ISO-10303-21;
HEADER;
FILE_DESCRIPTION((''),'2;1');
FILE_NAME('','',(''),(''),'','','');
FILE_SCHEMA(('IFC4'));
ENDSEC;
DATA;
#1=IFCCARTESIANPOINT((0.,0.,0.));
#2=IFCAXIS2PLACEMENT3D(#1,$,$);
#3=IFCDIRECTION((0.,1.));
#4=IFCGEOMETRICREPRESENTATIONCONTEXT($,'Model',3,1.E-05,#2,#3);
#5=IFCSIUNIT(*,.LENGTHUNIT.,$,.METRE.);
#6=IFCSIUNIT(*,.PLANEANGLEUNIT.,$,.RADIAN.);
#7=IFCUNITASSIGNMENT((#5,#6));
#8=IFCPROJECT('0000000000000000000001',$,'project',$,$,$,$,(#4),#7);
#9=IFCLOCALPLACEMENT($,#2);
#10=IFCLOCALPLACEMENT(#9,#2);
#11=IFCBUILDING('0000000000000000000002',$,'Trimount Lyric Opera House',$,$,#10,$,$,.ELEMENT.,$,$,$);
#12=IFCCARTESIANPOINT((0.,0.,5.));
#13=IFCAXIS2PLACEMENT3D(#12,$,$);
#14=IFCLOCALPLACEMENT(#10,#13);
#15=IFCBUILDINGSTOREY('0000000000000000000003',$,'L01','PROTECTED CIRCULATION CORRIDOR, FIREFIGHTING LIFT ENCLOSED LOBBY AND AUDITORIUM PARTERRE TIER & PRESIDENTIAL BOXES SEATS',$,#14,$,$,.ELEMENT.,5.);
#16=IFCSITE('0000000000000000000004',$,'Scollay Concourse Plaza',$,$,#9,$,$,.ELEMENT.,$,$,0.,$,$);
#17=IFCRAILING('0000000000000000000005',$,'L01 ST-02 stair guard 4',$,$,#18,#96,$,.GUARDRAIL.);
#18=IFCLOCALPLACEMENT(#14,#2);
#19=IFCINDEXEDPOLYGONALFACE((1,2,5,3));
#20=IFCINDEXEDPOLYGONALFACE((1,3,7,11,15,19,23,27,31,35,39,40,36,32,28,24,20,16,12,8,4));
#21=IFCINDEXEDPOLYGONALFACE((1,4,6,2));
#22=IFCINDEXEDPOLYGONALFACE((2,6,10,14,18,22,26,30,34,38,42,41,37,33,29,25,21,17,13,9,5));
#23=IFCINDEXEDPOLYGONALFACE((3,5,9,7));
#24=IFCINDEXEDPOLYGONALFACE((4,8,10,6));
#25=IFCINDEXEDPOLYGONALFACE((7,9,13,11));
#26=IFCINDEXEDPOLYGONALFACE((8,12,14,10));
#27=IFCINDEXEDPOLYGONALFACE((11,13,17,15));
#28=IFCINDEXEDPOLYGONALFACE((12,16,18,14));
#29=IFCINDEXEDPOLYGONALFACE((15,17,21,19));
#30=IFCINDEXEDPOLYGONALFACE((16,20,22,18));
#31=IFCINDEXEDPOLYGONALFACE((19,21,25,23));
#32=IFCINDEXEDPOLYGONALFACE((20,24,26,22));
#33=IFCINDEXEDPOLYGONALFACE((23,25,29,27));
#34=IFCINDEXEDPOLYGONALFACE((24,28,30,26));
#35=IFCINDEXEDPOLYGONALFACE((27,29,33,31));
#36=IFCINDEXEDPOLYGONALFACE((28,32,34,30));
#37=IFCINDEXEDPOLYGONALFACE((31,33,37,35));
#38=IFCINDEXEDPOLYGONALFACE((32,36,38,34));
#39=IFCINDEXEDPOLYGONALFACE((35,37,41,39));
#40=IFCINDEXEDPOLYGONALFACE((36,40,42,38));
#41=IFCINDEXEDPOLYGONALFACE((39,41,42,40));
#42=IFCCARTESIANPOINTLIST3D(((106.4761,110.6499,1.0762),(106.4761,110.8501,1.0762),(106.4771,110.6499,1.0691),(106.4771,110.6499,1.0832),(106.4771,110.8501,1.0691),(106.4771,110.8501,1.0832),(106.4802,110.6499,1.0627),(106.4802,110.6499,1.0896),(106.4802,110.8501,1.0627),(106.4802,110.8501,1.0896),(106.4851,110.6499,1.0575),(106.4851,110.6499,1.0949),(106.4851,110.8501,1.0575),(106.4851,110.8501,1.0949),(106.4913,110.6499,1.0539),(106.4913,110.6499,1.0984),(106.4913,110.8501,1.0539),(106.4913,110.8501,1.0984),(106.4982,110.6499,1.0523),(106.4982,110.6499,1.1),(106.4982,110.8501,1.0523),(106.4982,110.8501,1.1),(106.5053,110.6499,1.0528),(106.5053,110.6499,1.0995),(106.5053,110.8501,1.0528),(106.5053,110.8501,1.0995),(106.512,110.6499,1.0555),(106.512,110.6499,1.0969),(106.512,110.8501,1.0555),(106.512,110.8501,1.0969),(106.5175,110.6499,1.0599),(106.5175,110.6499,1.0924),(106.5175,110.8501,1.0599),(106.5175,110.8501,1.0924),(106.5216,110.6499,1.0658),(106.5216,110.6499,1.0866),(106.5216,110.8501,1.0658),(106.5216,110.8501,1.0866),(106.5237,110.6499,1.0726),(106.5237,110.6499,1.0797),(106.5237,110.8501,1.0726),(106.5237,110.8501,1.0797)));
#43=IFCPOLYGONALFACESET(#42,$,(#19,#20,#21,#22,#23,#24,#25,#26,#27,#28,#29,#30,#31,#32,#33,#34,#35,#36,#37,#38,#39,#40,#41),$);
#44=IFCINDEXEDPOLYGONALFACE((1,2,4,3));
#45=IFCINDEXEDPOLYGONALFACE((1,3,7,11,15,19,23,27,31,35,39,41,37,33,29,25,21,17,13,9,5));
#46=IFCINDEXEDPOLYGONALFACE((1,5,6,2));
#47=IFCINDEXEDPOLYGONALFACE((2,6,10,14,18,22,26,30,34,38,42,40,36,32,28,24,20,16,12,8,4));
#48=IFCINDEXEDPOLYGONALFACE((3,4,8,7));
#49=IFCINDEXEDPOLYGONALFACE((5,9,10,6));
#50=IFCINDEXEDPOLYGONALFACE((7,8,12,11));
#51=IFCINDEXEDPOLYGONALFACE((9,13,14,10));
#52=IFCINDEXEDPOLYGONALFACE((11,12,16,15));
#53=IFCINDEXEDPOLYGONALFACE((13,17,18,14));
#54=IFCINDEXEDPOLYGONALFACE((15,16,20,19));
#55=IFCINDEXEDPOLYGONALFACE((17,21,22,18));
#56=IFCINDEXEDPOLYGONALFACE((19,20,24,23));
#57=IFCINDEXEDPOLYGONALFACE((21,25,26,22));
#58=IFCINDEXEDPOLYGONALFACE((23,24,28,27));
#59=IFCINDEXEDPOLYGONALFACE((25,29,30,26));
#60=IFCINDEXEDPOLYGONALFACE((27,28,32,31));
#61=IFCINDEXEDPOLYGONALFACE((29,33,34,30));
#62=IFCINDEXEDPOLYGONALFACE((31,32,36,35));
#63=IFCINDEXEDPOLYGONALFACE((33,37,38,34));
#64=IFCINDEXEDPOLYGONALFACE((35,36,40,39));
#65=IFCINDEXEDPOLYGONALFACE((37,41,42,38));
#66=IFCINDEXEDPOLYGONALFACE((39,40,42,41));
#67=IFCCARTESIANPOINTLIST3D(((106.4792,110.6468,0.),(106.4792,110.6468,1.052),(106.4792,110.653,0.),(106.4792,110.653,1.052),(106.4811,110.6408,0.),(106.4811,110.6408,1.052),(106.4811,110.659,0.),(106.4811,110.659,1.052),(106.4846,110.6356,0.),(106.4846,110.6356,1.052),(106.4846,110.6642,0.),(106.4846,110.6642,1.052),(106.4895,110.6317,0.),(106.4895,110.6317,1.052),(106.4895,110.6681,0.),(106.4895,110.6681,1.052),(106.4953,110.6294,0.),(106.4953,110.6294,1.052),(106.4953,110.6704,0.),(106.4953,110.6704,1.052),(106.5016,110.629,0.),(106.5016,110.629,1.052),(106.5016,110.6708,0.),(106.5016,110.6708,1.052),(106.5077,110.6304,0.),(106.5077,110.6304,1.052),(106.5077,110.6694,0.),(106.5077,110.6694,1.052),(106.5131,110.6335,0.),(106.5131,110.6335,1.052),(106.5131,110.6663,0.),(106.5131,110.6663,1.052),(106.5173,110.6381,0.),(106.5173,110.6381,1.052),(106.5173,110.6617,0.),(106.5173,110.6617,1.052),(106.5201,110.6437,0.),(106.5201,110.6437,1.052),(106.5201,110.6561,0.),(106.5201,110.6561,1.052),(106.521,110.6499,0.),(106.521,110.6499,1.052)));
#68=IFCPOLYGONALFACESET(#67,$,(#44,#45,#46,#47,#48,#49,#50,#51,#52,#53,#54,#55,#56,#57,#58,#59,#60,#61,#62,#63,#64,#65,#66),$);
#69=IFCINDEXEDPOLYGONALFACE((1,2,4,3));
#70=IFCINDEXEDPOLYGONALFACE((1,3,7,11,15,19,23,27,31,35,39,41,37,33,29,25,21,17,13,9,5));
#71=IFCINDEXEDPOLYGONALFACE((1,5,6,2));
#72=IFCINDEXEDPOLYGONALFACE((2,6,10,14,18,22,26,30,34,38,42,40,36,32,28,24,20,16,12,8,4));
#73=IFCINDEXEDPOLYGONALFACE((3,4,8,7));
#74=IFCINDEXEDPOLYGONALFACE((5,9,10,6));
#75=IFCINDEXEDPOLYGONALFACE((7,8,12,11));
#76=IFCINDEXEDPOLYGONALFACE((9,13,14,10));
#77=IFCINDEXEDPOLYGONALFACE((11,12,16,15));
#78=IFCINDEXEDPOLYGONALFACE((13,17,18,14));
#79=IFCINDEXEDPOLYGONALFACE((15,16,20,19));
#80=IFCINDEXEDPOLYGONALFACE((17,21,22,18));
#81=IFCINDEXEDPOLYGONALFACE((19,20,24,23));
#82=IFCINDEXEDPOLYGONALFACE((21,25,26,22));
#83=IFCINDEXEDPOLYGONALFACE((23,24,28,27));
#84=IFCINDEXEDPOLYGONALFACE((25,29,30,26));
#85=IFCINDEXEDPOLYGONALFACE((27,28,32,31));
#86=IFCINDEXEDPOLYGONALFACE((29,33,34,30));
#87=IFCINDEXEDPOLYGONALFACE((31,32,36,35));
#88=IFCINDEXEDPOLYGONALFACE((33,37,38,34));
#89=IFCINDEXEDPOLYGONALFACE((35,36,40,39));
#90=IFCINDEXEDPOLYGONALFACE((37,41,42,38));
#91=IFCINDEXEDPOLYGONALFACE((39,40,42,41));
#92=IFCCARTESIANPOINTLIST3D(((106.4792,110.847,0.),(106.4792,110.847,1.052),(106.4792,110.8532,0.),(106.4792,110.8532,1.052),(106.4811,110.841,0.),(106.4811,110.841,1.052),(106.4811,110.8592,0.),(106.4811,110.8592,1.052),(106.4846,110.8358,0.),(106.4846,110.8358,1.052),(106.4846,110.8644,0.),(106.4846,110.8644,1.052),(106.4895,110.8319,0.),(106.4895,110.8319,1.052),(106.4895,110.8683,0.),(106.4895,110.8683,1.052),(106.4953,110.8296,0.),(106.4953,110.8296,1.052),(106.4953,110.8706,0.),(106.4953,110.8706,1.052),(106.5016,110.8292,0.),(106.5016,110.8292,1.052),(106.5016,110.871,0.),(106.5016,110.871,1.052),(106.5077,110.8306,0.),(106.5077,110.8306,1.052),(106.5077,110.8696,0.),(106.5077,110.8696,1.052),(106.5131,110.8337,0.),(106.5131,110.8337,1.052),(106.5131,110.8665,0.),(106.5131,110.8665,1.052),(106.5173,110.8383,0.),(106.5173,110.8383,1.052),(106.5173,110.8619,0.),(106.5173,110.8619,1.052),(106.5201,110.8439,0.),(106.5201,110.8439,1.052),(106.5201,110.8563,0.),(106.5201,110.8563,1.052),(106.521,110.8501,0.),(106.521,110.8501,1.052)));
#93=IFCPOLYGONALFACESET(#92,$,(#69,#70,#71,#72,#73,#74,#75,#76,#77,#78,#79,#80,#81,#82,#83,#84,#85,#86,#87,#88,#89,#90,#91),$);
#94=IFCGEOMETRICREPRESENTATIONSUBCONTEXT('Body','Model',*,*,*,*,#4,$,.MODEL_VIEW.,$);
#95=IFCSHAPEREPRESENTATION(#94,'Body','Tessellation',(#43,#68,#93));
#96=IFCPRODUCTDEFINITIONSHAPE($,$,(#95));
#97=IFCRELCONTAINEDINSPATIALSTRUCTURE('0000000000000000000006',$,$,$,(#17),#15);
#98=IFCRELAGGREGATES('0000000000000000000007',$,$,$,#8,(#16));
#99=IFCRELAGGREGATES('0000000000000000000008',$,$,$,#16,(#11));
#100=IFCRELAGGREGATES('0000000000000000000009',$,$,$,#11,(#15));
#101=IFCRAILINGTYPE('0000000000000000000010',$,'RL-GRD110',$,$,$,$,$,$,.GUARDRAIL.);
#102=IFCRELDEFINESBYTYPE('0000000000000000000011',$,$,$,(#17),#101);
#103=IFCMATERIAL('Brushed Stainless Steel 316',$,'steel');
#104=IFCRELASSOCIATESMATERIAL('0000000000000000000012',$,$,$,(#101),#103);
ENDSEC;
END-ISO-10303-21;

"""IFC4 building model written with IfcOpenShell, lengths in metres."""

from ifc_helpers import new_model, si_unit, direction, frame, origin, origin_2d, place, context, subcontext, project, spatial, circle, extrude, material, type_object, element, save


model = new_model("IFC4")

# Units and contexts
model_context = context("Model", 3, precision=1e-05, world=origin(), true_north=direction((0.0, 1.0)))
body_context = subcontext(model_context, "Body", "Model", "MODEL_VIEW")
ifc_project = project(units=[si_unit("LENGTHUNIT", "METRE"), si_unit("PLANEANGLEUNIT", "RADIAN")], contexts=[model_context])

# Site, building, storey
site_placement = place(None, origin())
site = spatial("IfcSite", under=ifc_project, at=site_placement, Name="Scollay Concourse Plaza", CompositionType="ELEMENT", RefElevation=0.0)
building_placement = place(site_placement, origin())
building = spatial("IfcBuilding", under=site, at=building_placement, Name="Trimount Lyric Opera House", CompositionType="ELEMENT")
storey_placement = place(building_placement, frame((0.0, 0.0, 5.0)))
storey = spatial("IfcBuildingStorey", under=building, at=storey_placement, Name="L01", Description="PROTECTED CIRCULATION CORRIDOR, FIREFIGHTING LIFT ENCLOSED LOBBY AND AUDITORIUM PARTERRE TIER & PRESIDENTIAL BOXES SEATS", CompositionType="ELEMENT", Elevation=5.0)

# Railing
ifc_material_1 = material(Name="Brushed Stainless Steel 316", Category="steel")
railing_type_1 = type_object("IfcRailingType", Name="RL-GRD110", PredefinedType="GUARDRAIL", material=ifc_material_1)
railing_1_placement = place(storey_placement, frame((106.5, 110.6499, 0.0)))
element("IfcRailing", 1, at=railing_1_placement, inside=storey, type_object=railing_type_1, Name="L01 ST-02 stair guard 4", PredefinedType="GUARDRAIL", context=body_context, shape_type="SweptSolid", body=[
    extrude(circle(Radius=0.0239, at=origin_2d()), frame((0.0, 0.0, 1.0762), z_axis=(0.0, 1.0, 0.0), x_axis=(-1.0, 0.0, 0.0)), (0.0, 0.0, 1.0), 0.2002),
    extrude(circle(Radius=0.021, at=origin_2d()), origin(), (0.0, 0.0, 1.0), 1.052),
    extrude(circle(Radius=0.021, at=origin_2d()), frame((0.0, 0.2002, 0.0)), (0.0, 0.0, 1.0), 1.052),
])

save(model, "model.ifc")
